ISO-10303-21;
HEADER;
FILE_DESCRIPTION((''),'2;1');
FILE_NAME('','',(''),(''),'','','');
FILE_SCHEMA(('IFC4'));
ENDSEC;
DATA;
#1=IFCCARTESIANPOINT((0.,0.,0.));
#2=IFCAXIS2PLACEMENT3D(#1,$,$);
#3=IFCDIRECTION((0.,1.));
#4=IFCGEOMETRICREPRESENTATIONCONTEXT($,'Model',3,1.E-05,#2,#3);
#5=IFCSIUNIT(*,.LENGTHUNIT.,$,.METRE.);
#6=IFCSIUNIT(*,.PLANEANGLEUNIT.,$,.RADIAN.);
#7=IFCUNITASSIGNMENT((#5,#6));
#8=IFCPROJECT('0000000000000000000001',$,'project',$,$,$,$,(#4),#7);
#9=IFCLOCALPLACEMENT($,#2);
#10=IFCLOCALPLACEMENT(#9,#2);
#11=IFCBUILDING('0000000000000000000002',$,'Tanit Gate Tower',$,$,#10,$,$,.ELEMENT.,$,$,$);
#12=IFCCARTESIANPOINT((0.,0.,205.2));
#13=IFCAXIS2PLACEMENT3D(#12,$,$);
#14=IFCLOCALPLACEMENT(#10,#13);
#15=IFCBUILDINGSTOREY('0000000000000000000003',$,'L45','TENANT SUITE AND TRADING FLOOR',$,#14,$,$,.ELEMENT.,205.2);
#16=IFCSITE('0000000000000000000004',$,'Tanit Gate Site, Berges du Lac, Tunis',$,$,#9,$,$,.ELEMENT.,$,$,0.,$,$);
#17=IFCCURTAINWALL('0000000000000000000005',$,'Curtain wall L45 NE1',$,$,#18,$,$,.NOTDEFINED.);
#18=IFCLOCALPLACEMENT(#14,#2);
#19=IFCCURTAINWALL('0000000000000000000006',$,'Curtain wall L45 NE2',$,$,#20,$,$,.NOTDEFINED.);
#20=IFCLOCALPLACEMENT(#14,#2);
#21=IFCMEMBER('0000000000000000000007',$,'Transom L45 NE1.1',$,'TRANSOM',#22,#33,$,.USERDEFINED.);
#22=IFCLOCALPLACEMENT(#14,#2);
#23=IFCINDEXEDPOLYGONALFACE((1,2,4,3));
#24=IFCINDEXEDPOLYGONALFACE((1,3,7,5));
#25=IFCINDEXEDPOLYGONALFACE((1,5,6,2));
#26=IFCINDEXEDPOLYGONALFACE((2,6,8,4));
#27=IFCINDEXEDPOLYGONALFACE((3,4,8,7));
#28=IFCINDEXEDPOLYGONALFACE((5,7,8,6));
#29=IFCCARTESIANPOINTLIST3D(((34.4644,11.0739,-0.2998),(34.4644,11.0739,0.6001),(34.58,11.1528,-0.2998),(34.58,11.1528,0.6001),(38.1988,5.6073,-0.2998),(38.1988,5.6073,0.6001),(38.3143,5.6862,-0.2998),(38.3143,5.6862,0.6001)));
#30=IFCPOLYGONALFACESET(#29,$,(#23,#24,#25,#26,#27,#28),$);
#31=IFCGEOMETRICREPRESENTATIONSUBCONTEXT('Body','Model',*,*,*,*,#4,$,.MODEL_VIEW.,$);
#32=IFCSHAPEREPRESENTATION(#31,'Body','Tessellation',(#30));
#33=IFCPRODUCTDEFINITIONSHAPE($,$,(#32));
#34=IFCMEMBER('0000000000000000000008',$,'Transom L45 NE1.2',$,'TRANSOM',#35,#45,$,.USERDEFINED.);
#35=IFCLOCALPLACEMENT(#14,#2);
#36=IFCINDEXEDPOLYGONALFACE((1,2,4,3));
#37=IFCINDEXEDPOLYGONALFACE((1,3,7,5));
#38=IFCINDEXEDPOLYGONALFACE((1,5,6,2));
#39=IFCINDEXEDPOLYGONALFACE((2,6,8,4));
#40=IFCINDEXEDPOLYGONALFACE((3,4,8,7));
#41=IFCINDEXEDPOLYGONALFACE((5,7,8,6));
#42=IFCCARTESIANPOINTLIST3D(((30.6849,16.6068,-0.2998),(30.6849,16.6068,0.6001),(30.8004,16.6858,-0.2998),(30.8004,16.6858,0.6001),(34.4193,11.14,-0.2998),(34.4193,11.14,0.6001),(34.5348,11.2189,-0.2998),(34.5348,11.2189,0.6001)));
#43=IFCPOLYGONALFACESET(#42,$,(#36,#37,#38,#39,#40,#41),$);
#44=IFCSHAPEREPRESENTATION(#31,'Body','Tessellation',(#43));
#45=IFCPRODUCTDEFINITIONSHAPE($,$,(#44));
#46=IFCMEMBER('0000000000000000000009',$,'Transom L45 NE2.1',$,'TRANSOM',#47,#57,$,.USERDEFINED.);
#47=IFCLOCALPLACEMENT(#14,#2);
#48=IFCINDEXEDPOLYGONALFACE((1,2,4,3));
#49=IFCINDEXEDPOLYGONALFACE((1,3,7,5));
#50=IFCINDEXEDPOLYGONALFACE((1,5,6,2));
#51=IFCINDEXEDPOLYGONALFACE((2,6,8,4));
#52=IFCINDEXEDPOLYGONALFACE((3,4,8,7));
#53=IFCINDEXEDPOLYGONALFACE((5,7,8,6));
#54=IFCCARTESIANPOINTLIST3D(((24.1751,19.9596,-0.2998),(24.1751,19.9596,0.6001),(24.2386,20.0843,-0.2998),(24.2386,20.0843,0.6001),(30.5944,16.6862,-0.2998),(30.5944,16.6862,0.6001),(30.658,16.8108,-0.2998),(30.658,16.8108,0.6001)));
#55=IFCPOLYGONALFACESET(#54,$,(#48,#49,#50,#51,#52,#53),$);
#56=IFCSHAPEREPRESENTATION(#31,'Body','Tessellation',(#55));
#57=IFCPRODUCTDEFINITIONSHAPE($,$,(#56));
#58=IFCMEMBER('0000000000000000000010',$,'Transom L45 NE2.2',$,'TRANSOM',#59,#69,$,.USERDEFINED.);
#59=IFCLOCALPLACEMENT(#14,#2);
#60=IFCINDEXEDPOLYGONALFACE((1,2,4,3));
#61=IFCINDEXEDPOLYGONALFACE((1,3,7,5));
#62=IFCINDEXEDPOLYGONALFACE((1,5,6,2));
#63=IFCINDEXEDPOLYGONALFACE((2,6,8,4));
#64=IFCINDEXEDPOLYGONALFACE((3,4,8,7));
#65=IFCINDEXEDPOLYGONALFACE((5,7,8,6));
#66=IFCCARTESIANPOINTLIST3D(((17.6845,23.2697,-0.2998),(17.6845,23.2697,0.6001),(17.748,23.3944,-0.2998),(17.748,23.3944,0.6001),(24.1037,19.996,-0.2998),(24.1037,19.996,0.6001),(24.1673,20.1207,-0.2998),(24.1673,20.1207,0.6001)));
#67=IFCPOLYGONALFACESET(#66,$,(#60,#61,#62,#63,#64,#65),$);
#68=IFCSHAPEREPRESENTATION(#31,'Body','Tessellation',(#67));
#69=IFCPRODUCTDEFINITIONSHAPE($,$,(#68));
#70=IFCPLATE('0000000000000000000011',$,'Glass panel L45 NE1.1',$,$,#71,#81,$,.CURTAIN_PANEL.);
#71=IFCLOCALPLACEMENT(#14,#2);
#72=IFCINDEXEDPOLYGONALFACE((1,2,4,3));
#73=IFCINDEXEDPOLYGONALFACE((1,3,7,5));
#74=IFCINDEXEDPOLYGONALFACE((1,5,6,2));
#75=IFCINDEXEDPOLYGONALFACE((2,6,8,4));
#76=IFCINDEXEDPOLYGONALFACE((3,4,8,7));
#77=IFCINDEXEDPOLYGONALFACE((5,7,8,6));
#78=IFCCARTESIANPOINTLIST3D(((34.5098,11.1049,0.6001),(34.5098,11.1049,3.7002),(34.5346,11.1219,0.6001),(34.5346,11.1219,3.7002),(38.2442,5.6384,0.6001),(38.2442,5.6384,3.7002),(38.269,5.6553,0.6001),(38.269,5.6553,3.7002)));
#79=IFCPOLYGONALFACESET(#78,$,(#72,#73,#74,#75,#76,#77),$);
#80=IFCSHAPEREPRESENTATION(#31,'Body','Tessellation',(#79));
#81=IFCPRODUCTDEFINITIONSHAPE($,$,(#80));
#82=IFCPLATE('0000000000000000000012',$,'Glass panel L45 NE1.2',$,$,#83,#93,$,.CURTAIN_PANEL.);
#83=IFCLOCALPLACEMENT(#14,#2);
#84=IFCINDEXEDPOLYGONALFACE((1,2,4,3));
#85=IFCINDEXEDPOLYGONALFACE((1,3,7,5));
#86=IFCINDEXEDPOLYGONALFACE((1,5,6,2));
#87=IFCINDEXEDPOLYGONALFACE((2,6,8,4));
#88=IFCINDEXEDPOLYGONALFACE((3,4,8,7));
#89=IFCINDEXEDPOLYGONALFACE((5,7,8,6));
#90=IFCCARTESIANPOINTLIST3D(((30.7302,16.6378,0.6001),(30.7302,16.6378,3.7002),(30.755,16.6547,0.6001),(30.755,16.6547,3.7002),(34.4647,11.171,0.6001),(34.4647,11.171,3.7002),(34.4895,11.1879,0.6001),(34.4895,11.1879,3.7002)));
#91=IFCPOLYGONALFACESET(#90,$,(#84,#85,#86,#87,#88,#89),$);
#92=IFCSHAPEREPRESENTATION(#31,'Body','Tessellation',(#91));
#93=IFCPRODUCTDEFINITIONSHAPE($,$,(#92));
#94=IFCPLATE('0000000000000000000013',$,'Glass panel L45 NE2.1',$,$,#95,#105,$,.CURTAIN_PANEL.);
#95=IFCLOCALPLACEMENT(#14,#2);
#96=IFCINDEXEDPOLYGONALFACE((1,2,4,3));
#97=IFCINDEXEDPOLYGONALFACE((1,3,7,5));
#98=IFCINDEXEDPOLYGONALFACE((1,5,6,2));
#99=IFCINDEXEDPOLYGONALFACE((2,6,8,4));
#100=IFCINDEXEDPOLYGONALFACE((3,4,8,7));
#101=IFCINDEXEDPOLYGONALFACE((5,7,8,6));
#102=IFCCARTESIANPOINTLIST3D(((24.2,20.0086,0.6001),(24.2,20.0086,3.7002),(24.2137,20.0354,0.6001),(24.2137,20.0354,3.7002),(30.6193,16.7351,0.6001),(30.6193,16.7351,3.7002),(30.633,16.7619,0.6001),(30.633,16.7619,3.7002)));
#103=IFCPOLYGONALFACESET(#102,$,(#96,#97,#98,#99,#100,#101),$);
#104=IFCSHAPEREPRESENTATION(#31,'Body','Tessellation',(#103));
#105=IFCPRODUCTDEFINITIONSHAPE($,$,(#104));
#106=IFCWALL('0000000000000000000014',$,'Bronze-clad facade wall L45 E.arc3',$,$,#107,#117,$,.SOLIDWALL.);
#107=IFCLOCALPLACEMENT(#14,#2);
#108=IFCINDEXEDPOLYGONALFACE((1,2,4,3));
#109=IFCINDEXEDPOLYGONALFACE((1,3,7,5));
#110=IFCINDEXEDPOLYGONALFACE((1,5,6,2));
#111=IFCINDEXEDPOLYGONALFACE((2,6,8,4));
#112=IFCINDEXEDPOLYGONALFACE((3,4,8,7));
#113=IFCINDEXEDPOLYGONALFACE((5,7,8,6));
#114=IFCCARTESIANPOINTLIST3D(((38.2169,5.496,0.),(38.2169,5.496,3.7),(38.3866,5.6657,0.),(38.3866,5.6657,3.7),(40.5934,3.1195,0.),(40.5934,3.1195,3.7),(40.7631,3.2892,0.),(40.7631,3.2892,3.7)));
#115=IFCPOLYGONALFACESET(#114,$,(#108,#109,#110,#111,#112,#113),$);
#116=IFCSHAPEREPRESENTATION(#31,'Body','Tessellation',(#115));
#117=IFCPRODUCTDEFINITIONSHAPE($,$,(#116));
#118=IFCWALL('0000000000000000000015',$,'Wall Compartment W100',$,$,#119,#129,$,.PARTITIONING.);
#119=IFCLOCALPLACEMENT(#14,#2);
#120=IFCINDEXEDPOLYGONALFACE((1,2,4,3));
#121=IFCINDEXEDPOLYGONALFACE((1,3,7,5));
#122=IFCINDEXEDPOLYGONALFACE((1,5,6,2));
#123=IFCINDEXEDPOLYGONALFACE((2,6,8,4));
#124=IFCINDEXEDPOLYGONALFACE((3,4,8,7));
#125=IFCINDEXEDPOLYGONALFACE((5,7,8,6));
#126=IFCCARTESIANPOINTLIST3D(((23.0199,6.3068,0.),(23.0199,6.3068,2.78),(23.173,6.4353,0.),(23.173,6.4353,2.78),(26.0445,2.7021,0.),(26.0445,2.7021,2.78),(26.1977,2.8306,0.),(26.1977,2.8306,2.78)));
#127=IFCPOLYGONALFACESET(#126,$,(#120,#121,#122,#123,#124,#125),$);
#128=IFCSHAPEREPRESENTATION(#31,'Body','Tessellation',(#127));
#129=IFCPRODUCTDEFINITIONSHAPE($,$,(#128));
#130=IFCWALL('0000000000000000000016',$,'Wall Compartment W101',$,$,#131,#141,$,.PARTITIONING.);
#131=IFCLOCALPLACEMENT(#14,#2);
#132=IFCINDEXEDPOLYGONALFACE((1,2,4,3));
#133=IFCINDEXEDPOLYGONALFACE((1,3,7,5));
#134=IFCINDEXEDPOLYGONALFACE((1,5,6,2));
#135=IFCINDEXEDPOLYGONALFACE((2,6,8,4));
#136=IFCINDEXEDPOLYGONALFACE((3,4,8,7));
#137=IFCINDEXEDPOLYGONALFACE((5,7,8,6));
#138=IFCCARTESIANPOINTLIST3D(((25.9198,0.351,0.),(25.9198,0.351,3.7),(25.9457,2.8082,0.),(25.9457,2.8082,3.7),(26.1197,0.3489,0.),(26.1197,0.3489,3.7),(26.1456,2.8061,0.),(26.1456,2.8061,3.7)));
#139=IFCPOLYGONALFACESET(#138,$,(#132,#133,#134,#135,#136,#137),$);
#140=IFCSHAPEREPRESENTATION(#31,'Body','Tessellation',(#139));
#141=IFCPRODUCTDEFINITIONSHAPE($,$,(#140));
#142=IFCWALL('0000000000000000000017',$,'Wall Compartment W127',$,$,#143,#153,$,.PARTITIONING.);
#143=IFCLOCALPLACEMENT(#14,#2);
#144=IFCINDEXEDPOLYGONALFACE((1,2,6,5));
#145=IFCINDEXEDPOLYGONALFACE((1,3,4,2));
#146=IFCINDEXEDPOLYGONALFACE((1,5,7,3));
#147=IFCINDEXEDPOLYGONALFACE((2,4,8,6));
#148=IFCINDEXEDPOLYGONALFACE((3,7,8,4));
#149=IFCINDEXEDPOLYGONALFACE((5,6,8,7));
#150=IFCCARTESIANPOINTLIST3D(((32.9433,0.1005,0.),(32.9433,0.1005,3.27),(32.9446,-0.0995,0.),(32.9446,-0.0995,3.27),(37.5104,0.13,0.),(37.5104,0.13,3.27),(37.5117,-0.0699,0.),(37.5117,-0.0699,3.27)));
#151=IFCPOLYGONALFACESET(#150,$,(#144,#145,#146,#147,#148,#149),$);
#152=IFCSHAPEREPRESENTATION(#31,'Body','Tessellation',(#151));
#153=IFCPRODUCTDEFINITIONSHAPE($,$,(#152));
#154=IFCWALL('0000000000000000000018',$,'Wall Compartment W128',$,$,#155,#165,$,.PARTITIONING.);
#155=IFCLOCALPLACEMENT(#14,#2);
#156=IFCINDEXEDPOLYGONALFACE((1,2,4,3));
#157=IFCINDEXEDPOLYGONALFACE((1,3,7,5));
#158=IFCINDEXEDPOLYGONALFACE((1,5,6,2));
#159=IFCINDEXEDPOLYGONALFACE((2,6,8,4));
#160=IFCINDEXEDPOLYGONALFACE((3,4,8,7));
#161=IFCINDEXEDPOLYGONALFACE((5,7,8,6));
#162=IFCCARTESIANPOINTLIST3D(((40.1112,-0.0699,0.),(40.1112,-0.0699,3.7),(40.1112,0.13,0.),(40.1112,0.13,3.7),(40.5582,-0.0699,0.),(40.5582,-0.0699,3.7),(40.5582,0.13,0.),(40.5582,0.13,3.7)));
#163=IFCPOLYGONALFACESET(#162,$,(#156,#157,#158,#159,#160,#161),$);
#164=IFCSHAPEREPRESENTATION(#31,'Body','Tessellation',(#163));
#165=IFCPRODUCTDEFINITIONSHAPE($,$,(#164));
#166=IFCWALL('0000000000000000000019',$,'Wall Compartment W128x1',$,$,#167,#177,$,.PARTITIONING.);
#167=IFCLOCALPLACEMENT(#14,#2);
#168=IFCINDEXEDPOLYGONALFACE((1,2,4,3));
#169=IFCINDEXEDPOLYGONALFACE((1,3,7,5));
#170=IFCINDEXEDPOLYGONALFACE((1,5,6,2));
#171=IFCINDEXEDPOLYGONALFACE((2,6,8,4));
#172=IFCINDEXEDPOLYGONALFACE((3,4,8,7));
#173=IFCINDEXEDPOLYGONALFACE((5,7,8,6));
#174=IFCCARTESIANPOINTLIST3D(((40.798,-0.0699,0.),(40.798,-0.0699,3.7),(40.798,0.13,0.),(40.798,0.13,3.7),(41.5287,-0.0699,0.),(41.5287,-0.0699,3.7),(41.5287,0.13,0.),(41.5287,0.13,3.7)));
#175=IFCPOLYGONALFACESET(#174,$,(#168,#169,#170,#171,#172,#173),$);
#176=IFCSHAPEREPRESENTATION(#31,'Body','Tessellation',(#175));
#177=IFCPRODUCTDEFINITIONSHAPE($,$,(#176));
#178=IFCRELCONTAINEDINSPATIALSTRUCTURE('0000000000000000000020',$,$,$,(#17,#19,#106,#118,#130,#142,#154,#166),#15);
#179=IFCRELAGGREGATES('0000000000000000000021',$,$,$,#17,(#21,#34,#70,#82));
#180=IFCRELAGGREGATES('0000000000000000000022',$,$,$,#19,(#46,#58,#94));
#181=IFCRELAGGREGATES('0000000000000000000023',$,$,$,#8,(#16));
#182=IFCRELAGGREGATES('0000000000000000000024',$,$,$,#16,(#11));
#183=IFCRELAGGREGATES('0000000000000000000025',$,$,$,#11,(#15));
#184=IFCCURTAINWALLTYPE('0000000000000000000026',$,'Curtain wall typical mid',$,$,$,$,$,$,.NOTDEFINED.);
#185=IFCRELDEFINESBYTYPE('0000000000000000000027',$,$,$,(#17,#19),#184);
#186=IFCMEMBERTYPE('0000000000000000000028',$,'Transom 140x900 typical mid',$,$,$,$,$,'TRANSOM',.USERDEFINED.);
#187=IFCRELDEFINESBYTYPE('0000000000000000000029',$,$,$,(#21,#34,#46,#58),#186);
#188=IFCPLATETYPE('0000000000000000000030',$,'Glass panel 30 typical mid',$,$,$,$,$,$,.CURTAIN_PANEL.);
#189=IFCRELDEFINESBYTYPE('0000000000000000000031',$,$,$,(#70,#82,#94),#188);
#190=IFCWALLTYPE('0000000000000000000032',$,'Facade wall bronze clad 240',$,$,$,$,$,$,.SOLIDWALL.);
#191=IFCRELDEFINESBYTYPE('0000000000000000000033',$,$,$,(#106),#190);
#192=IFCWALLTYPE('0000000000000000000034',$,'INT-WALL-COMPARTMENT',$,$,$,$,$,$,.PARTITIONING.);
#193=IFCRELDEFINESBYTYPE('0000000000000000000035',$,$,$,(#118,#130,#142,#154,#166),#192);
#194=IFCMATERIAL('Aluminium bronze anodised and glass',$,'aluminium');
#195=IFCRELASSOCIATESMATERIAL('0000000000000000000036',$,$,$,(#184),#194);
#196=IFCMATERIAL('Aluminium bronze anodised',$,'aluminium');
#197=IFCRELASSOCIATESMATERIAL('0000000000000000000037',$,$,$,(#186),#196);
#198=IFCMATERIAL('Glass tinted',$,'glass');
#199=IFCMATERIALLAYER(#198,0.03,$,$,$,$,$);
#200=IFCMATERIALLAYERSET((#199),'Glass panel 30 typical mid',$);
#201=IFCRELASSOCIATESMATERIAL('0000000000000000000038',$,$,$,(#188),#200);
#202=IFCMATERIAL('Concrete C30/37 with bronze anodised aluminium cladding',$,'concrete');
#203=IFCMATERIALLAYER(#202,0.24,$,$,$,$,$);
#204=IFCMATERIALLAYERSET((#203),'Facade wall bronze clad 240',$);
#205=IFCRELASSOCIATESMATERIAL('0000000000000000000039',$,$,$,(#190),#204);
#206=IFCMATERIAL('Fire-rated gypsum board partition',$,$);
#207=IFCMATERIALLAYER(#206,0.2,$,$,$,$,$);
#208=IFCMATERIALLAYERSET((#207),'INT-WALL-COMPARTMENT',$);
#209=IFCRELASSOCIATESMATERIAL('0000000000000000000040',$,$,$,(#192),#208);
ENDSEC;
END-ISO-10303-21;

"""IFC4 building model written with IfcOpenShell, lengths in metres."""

from ifc_helpers import new_model, si_unit, direction, frame, frame_2d, origin, origin_2d, place, context, subcontext, project, spatial, rectangle, extrude, material, layer, layer_set, material_profile, profile_set, type_object, element, aggregate, save


model = new_model("IFC4")

# Units and contexts
model_context = context("Model", 3, precision=1e-05, world=origin(), true_north=direction((0.0, 1.0)))
body_context = subcontext(model_context, "Body", "Model", "MODEL_VIEW")
ifc_project = project(units=[si_unit("LENGTHUNIT", "METRE"), si_unit("PLANEANGLEUNIT", "RADIAN")], contexts=[model_context])

# Site, building, storey
site_placement = place(None, origin())
site = spatial("IfcSite", under=ifc_project, at=site_placement, Name="Tanit Gate Site, Berges du Lac, Tunis", CompositionType="ELEMENT", RefElevation=0.0)
building_placement = place(site_placement, origin())
building = spatial("IfcBuilding", under=site, at=building_placement, Name="Tanit Gate Tower", CompositionType="ELEMENT")
storey_placement = place(building_placement, frame((0.0, 0.0, 205.2)))
storey = spatial("IfcBuildingStorey", under=building, at=storey_placement, Name="L45", Description="TENANT SUITE AND TRADING FLOOR", CompositionType="ELEMENT", Elevation=205.2)

# Curtain walls
ifc_material_1 = material(Name="Aluminium bronze anodised and glass", Category="aluminium")
curtain_wall_type = type_object("IfcCurtainWallType", Name="Curtain wall typical mid", PredefinedType="NOTDEFINED", material=ifc_material_1)
curtain_wall_1_placement = place(storey_placement, origin())
curtain_wall_1 = element("IfcCurtainWall", 1, at=curtain_wall_1_placement, inside=storey, type_object=curtain_wall_type, Name="Curtain wall L45 NE1", PredefinedType="NOTDEFINED")
curtain_wall_2_placement = place(storey_placement, origin())
curtain_wall_2 = element("IfcCurtainWall", 2, at=curtain_wall_2_placement, inside=storey, type_object=curtain_wall_type, Name="Curtain wall L45 NE2", PredefinedType="NOTDEFINED")

# Members
ifc_material_2 = material(Name="Aluminium bronze anodised", Category="aluminium")
ifc_material_profile_1 = material_profile(ifc_material_2, rectangle(XDim=0.1399, YDim=0.8999, at=origin_2d()), Name="140x900 bronze transom")
ifc_profile_set_1 = profile_set([ifc_material_profile_1], Name="Aluminium bronze anodised")
member_type_1 = type_object("IfcMemberType", Name="Transom 140x900 typical mid", ElementType="TRANSOM", PredefinedType="USERDEFINED", material=ifc_profile_set_1)
member_1_placement = place(storey_placement, frame((38.2566, 5.6467, 0.1501), z_axis=(-0.564077, 0.825722, 0.0), x_axis=(-0.825722, -0.564077, 0.0)))
member_1 = element("IfcMember", 3, at=member_1_placement, type_object=member_type_1, Name="Transom L45 NE1.1", ObjectType="TRANSOM", PredefinedType="USERDEFINED", context=body_context, shape_type="SweptSolid", body=[
    extrude(rectangle(XDim=0.1399, YDim=0.8999, at=origin_2d()), origin(), (0.0, 0.0, 1.0), 6.6204),
])
member_2_placement = place(storey_placement, frame((34.4771, 11.1794, 0.1501), z_axis=(-0.56406, 0.825734, 0.0), x_axis=(-0.825734, -0.56406, 0.0)))
member_2 = element("IfcMember", 4, at=member_2_placement, type_object=member_type_1, Name="Transom L45 NE1.2", ObjectType="TRANSOM", PredefinedType="USERDEFINED", context=body_context, shape_type="SweptSolid", body=[
    extrude(rectangle(XDim=0.1399, YDim=0.8999, at=origin_2d()), origin(), (0.0, 0.0, 1.0), 6.6206),
])
member_3_placement = place(storey_placement, frame((30.6262, 16.7485, 0.1501), z_axis=(-0.890862, 0.454274, 0.0), x_axis=(-0.454274, -0.890862, 0.0)))
member_3 = element("IfcMember", 5, at=member_3_placement, type_object=member_type_1, Name="Transom L45 NE2.1", ObjectType="TRANSOM", PredefinedType="USERDEFINED", context=body_context, shape_type="SweptSolid", body=[
    extrude(rectangle(XDim=0.1399, YDim=0.8999, at=origin_2d()), origin(), (0.0, 0.0, 1.0), 7.2058),
])
member_4_placement = place(storey_placement, frame((24.1355, 20.0583, 0.1501), z_axis=(-0.890841, 0.454315, 0.0), x_axis=(-0.454315, -0.890841, 0.0)))
member_4 = element("IfcMember", 6, at=member_4_placement, type_object=member_type_1, Name="Transom L45 NE2.2", ObjectType="TRANSOM", PredefinedType="USERDEFINED", context=body_context, shape_type="SweptSolid", body=[
    extrude(rectangle(XDim=0.1399, YDim=0.8999, at=origin_2d()), origin(), (0.0, 0.0, 1.0), 7.2058),
])

# Plates
ifc_material_3 = material(Name="Glass tinted", Category="glass")
ifc_layer_1 = layer(ifc_material_3, 0.03)
ifc_layer_set_1 = layer_set([ifc_layer_1], Name="Glass panel 30 typical mid")
plate_type = type_object("IfcPlateType", Name="Glass panel 30 typical mid", PredefinedType="CURTAIN_PANEL", material=ifc_layer_set_1)
plate_1_placement = place(storey_placement, frame((36.3894, 8.3801, 0.6001), z_axis=(0.0, 0.0, 1.0), x_axis=(-0.564078, 0.825722, 0.0)))
plate_1 = element("IfcPlate", 7, at=plate_1_placement, type_object=plate_type, Name="Glass panel L45 NE1.1", PredefinedType="CURTAIN_PANEL", context=body_context, shape_type="SweptSolid", body=[
    extrude(rectangle(XDim=6.6204, YDim=0.03, at=origin_2d()), origin(), (0.0, 0.0, 1.0), 3.1001),
])
plate_2_placement = place(storey_placement, frame((32.6099, 13.9128, 0.6001), z_axis=(0.0, 0.0, 1.0), x_axis=(-0.564078, 0.825722, 0.0)))
plate_2 = element("IfcPlate", 8, at=plate_2_placement, type_object=plate_type, Name="Glass panel L45 NE1.2", PredefinedType="CURTAIN_PANEL", context=body_context, shape_type="SweptSolid", body=[
    extrude(rectangle(XDim=6.6206, YDim=0.03, at=origin_2d()), origin(), (0.0, 0.0, 1.0), 3.1001),
])
aggregate(curtain_wall_1, [member_1, member_2, plate_1, plate_2])
plate_3_placement = place(storey_placement, frame((27.4165, 18.3853, 0.6001), z_axis=(0.0, 0.0, 1.0), x_axis=(-0.890855, 0.454288, 0.0)))
plate_3 = element("IfcPlate", 9, at=plate_3_placement, type_object=plate_type, Name="Glass panel L45 NE2.1", PredefinedType="CURTAIN_PANEL", context=body_context, shape_type="SweptSolid", body=[
    extrude(rectangle(XDim=7.2058, YDim=0.03, at=origin_2d()), origin(), (0.0, 0.0, 1.0), 3.1001),
])
aggregate(curtain_wall_2, [member_3, member_4, plate_3])

# Walls
ifc_material_4 = material(Name="Concrete C30/37 with bronze anodised aluminium cladding", Category="concrete")
ifc_layer_2 = layer(ifc_material_4, 0.24)
ifc_layer_set_2 = layer_set([ifc_layer_2], Name="Facade wall bronze clad 240")
wall_type_1 = type_object("IfcWallType", Name="Facade wall bronze clad 240", PredefinedType="SOLIDWALL", material=ifc_layer_set_2)
wall_1_placement = place(storey_placement, frame((40.6782, 3.2043, 0.0), z_axis=(0.0, 0.0, 1.0), x_axis=(-0.707107, 0.707107, 0.0)))
element("IfcWall", 10, at=wall_1_placement, inside=storey, type_object=wall_type_1, Name="Bronze-clad facade wall L45 E.arc3", PredefinedType="SOLIDWALL", context=body_context, shape_type="SweptSolid", body=[
    extrude(rectangle(XDim=3.3608, YDim=0.24, at=frame_2d((1.6804, 0.0))), origin(), (0.0, 0.0, 1.0), 3.7),
])
ifc_material_5 = material(Name="Fire-rated gypsum board partition")
ifc_layer_3 = layer(ifc_material_5, 0.2)
ifc_layer_set_3 = layer_set([ifc_layer_3], Name="INT-WALL-COMPARTMENT")
wall_type_2 = type_object("IfcWallType", Name="INT-WALL-COMPARTMENT", PredefinedType="PARTITIONING", material=ifc_layer_set_3)
wall_2_placement = place(storey_placement, frame((26.1211, 2.7664, 0.0), z_axis=(0.0, 0.0, 1.0), x_axis=(-0.642778, 0.766052, 0.0)))
element("IfcWall", 11, at=wall_2_placement, inside=storey, type_object=wall_type_2, Name="Wall Compartment W100", PredefinedType="PARTITIONING", context=body_context, shape_type="SweptSolid", body=[
    extrude(rectangle(XDim=4.7056, YDim=0.2, at=frame_2d((2.3528, 0.0))), origin(), (0.0, 0.0, 1.0), 2.78),
])
wall_3_placement = place(storey_placement, frame((26.0198, 0.3501, 0.0), z_axis=(0.0, 0.0, 1.0), x_axis=(0.010532, 0.999945, 0.0)))
element("IfcWall", 12, at=wall_3_placement, inside=storey, type_object=wall_type_2, Name="Wall Compartment W101", PredefinedType="PARTITIONING", context=body_context, shape_type="SweptSolid", body=[
    extrude(rectangle(XDim=2.4573, YDim=0.2, at=frame_2d((1.2285, 0.0))), origin(), (0.0, 0.0, 1.0), 3.7),
])
wall_4_placement = place(storey_placement, frame((32.9438, 0.0005, 0.0), z_axis=(0.0, 0.0, 1.0), x_axis=(0.999979, 0.006468, 0.0)))
element("IfcWall", 13, at=wall_4_placement, inside=storey, type_object=wall_type_2, Name="Wall Compartment W127", PredefinedType="PARTITIONING", context=body_context, shape_type="SweptSolid", body=[
    extrude(rectangle(XDim=4.5671, YDim=0.2, at=frame_2d((2.2837, 0.0))), origin(), (0.0, 0.0, 1.0), 3.27),
])
wall_5_placement = place(storey_placement, frame((40.1111, 0.03, 0.0), z_axis=(0.0, 0.0, 1.0), x_axis=(1.0, 0.0, 0.0)))
element("IfcWall", 14, at=wall_5_placement, inside=storey, type_object=wall_type_2, Name="Wall Compartment W128", PredefinedType="PARTITIONING", context=body_context, shape_type="SweptSolid", body=[
    extrude(rectangle(XDim=0.447, YDim=0.2, at=frame_2d((0.2236, 0.0))), origin(), (0.0, 0.0, 1.0), 3.7),
])
wall_6_placement = place(storey_placement, frame((40.7981, 0.03, 0.0), z_axis=(0.0, 0.0, 1.0), x_axis=(1.0, 0.0, 0.0)))
element("IfcWall", 15, at=wall_6_placement, inside=storey, type_object=wall_type_2, Name="Wall Compartment W128x1", PredefinedType="PARTITIONING", context=body_context, shape_type="SweptSolid", body=[
    extrude(rectangle(XDim=0.7307, YDim=0.2, at=frame_2d((0.3652, 0.0))), origin(), (0.0, 0.0, 1.0), 3.7),
])

save(model, "model.ifc")
